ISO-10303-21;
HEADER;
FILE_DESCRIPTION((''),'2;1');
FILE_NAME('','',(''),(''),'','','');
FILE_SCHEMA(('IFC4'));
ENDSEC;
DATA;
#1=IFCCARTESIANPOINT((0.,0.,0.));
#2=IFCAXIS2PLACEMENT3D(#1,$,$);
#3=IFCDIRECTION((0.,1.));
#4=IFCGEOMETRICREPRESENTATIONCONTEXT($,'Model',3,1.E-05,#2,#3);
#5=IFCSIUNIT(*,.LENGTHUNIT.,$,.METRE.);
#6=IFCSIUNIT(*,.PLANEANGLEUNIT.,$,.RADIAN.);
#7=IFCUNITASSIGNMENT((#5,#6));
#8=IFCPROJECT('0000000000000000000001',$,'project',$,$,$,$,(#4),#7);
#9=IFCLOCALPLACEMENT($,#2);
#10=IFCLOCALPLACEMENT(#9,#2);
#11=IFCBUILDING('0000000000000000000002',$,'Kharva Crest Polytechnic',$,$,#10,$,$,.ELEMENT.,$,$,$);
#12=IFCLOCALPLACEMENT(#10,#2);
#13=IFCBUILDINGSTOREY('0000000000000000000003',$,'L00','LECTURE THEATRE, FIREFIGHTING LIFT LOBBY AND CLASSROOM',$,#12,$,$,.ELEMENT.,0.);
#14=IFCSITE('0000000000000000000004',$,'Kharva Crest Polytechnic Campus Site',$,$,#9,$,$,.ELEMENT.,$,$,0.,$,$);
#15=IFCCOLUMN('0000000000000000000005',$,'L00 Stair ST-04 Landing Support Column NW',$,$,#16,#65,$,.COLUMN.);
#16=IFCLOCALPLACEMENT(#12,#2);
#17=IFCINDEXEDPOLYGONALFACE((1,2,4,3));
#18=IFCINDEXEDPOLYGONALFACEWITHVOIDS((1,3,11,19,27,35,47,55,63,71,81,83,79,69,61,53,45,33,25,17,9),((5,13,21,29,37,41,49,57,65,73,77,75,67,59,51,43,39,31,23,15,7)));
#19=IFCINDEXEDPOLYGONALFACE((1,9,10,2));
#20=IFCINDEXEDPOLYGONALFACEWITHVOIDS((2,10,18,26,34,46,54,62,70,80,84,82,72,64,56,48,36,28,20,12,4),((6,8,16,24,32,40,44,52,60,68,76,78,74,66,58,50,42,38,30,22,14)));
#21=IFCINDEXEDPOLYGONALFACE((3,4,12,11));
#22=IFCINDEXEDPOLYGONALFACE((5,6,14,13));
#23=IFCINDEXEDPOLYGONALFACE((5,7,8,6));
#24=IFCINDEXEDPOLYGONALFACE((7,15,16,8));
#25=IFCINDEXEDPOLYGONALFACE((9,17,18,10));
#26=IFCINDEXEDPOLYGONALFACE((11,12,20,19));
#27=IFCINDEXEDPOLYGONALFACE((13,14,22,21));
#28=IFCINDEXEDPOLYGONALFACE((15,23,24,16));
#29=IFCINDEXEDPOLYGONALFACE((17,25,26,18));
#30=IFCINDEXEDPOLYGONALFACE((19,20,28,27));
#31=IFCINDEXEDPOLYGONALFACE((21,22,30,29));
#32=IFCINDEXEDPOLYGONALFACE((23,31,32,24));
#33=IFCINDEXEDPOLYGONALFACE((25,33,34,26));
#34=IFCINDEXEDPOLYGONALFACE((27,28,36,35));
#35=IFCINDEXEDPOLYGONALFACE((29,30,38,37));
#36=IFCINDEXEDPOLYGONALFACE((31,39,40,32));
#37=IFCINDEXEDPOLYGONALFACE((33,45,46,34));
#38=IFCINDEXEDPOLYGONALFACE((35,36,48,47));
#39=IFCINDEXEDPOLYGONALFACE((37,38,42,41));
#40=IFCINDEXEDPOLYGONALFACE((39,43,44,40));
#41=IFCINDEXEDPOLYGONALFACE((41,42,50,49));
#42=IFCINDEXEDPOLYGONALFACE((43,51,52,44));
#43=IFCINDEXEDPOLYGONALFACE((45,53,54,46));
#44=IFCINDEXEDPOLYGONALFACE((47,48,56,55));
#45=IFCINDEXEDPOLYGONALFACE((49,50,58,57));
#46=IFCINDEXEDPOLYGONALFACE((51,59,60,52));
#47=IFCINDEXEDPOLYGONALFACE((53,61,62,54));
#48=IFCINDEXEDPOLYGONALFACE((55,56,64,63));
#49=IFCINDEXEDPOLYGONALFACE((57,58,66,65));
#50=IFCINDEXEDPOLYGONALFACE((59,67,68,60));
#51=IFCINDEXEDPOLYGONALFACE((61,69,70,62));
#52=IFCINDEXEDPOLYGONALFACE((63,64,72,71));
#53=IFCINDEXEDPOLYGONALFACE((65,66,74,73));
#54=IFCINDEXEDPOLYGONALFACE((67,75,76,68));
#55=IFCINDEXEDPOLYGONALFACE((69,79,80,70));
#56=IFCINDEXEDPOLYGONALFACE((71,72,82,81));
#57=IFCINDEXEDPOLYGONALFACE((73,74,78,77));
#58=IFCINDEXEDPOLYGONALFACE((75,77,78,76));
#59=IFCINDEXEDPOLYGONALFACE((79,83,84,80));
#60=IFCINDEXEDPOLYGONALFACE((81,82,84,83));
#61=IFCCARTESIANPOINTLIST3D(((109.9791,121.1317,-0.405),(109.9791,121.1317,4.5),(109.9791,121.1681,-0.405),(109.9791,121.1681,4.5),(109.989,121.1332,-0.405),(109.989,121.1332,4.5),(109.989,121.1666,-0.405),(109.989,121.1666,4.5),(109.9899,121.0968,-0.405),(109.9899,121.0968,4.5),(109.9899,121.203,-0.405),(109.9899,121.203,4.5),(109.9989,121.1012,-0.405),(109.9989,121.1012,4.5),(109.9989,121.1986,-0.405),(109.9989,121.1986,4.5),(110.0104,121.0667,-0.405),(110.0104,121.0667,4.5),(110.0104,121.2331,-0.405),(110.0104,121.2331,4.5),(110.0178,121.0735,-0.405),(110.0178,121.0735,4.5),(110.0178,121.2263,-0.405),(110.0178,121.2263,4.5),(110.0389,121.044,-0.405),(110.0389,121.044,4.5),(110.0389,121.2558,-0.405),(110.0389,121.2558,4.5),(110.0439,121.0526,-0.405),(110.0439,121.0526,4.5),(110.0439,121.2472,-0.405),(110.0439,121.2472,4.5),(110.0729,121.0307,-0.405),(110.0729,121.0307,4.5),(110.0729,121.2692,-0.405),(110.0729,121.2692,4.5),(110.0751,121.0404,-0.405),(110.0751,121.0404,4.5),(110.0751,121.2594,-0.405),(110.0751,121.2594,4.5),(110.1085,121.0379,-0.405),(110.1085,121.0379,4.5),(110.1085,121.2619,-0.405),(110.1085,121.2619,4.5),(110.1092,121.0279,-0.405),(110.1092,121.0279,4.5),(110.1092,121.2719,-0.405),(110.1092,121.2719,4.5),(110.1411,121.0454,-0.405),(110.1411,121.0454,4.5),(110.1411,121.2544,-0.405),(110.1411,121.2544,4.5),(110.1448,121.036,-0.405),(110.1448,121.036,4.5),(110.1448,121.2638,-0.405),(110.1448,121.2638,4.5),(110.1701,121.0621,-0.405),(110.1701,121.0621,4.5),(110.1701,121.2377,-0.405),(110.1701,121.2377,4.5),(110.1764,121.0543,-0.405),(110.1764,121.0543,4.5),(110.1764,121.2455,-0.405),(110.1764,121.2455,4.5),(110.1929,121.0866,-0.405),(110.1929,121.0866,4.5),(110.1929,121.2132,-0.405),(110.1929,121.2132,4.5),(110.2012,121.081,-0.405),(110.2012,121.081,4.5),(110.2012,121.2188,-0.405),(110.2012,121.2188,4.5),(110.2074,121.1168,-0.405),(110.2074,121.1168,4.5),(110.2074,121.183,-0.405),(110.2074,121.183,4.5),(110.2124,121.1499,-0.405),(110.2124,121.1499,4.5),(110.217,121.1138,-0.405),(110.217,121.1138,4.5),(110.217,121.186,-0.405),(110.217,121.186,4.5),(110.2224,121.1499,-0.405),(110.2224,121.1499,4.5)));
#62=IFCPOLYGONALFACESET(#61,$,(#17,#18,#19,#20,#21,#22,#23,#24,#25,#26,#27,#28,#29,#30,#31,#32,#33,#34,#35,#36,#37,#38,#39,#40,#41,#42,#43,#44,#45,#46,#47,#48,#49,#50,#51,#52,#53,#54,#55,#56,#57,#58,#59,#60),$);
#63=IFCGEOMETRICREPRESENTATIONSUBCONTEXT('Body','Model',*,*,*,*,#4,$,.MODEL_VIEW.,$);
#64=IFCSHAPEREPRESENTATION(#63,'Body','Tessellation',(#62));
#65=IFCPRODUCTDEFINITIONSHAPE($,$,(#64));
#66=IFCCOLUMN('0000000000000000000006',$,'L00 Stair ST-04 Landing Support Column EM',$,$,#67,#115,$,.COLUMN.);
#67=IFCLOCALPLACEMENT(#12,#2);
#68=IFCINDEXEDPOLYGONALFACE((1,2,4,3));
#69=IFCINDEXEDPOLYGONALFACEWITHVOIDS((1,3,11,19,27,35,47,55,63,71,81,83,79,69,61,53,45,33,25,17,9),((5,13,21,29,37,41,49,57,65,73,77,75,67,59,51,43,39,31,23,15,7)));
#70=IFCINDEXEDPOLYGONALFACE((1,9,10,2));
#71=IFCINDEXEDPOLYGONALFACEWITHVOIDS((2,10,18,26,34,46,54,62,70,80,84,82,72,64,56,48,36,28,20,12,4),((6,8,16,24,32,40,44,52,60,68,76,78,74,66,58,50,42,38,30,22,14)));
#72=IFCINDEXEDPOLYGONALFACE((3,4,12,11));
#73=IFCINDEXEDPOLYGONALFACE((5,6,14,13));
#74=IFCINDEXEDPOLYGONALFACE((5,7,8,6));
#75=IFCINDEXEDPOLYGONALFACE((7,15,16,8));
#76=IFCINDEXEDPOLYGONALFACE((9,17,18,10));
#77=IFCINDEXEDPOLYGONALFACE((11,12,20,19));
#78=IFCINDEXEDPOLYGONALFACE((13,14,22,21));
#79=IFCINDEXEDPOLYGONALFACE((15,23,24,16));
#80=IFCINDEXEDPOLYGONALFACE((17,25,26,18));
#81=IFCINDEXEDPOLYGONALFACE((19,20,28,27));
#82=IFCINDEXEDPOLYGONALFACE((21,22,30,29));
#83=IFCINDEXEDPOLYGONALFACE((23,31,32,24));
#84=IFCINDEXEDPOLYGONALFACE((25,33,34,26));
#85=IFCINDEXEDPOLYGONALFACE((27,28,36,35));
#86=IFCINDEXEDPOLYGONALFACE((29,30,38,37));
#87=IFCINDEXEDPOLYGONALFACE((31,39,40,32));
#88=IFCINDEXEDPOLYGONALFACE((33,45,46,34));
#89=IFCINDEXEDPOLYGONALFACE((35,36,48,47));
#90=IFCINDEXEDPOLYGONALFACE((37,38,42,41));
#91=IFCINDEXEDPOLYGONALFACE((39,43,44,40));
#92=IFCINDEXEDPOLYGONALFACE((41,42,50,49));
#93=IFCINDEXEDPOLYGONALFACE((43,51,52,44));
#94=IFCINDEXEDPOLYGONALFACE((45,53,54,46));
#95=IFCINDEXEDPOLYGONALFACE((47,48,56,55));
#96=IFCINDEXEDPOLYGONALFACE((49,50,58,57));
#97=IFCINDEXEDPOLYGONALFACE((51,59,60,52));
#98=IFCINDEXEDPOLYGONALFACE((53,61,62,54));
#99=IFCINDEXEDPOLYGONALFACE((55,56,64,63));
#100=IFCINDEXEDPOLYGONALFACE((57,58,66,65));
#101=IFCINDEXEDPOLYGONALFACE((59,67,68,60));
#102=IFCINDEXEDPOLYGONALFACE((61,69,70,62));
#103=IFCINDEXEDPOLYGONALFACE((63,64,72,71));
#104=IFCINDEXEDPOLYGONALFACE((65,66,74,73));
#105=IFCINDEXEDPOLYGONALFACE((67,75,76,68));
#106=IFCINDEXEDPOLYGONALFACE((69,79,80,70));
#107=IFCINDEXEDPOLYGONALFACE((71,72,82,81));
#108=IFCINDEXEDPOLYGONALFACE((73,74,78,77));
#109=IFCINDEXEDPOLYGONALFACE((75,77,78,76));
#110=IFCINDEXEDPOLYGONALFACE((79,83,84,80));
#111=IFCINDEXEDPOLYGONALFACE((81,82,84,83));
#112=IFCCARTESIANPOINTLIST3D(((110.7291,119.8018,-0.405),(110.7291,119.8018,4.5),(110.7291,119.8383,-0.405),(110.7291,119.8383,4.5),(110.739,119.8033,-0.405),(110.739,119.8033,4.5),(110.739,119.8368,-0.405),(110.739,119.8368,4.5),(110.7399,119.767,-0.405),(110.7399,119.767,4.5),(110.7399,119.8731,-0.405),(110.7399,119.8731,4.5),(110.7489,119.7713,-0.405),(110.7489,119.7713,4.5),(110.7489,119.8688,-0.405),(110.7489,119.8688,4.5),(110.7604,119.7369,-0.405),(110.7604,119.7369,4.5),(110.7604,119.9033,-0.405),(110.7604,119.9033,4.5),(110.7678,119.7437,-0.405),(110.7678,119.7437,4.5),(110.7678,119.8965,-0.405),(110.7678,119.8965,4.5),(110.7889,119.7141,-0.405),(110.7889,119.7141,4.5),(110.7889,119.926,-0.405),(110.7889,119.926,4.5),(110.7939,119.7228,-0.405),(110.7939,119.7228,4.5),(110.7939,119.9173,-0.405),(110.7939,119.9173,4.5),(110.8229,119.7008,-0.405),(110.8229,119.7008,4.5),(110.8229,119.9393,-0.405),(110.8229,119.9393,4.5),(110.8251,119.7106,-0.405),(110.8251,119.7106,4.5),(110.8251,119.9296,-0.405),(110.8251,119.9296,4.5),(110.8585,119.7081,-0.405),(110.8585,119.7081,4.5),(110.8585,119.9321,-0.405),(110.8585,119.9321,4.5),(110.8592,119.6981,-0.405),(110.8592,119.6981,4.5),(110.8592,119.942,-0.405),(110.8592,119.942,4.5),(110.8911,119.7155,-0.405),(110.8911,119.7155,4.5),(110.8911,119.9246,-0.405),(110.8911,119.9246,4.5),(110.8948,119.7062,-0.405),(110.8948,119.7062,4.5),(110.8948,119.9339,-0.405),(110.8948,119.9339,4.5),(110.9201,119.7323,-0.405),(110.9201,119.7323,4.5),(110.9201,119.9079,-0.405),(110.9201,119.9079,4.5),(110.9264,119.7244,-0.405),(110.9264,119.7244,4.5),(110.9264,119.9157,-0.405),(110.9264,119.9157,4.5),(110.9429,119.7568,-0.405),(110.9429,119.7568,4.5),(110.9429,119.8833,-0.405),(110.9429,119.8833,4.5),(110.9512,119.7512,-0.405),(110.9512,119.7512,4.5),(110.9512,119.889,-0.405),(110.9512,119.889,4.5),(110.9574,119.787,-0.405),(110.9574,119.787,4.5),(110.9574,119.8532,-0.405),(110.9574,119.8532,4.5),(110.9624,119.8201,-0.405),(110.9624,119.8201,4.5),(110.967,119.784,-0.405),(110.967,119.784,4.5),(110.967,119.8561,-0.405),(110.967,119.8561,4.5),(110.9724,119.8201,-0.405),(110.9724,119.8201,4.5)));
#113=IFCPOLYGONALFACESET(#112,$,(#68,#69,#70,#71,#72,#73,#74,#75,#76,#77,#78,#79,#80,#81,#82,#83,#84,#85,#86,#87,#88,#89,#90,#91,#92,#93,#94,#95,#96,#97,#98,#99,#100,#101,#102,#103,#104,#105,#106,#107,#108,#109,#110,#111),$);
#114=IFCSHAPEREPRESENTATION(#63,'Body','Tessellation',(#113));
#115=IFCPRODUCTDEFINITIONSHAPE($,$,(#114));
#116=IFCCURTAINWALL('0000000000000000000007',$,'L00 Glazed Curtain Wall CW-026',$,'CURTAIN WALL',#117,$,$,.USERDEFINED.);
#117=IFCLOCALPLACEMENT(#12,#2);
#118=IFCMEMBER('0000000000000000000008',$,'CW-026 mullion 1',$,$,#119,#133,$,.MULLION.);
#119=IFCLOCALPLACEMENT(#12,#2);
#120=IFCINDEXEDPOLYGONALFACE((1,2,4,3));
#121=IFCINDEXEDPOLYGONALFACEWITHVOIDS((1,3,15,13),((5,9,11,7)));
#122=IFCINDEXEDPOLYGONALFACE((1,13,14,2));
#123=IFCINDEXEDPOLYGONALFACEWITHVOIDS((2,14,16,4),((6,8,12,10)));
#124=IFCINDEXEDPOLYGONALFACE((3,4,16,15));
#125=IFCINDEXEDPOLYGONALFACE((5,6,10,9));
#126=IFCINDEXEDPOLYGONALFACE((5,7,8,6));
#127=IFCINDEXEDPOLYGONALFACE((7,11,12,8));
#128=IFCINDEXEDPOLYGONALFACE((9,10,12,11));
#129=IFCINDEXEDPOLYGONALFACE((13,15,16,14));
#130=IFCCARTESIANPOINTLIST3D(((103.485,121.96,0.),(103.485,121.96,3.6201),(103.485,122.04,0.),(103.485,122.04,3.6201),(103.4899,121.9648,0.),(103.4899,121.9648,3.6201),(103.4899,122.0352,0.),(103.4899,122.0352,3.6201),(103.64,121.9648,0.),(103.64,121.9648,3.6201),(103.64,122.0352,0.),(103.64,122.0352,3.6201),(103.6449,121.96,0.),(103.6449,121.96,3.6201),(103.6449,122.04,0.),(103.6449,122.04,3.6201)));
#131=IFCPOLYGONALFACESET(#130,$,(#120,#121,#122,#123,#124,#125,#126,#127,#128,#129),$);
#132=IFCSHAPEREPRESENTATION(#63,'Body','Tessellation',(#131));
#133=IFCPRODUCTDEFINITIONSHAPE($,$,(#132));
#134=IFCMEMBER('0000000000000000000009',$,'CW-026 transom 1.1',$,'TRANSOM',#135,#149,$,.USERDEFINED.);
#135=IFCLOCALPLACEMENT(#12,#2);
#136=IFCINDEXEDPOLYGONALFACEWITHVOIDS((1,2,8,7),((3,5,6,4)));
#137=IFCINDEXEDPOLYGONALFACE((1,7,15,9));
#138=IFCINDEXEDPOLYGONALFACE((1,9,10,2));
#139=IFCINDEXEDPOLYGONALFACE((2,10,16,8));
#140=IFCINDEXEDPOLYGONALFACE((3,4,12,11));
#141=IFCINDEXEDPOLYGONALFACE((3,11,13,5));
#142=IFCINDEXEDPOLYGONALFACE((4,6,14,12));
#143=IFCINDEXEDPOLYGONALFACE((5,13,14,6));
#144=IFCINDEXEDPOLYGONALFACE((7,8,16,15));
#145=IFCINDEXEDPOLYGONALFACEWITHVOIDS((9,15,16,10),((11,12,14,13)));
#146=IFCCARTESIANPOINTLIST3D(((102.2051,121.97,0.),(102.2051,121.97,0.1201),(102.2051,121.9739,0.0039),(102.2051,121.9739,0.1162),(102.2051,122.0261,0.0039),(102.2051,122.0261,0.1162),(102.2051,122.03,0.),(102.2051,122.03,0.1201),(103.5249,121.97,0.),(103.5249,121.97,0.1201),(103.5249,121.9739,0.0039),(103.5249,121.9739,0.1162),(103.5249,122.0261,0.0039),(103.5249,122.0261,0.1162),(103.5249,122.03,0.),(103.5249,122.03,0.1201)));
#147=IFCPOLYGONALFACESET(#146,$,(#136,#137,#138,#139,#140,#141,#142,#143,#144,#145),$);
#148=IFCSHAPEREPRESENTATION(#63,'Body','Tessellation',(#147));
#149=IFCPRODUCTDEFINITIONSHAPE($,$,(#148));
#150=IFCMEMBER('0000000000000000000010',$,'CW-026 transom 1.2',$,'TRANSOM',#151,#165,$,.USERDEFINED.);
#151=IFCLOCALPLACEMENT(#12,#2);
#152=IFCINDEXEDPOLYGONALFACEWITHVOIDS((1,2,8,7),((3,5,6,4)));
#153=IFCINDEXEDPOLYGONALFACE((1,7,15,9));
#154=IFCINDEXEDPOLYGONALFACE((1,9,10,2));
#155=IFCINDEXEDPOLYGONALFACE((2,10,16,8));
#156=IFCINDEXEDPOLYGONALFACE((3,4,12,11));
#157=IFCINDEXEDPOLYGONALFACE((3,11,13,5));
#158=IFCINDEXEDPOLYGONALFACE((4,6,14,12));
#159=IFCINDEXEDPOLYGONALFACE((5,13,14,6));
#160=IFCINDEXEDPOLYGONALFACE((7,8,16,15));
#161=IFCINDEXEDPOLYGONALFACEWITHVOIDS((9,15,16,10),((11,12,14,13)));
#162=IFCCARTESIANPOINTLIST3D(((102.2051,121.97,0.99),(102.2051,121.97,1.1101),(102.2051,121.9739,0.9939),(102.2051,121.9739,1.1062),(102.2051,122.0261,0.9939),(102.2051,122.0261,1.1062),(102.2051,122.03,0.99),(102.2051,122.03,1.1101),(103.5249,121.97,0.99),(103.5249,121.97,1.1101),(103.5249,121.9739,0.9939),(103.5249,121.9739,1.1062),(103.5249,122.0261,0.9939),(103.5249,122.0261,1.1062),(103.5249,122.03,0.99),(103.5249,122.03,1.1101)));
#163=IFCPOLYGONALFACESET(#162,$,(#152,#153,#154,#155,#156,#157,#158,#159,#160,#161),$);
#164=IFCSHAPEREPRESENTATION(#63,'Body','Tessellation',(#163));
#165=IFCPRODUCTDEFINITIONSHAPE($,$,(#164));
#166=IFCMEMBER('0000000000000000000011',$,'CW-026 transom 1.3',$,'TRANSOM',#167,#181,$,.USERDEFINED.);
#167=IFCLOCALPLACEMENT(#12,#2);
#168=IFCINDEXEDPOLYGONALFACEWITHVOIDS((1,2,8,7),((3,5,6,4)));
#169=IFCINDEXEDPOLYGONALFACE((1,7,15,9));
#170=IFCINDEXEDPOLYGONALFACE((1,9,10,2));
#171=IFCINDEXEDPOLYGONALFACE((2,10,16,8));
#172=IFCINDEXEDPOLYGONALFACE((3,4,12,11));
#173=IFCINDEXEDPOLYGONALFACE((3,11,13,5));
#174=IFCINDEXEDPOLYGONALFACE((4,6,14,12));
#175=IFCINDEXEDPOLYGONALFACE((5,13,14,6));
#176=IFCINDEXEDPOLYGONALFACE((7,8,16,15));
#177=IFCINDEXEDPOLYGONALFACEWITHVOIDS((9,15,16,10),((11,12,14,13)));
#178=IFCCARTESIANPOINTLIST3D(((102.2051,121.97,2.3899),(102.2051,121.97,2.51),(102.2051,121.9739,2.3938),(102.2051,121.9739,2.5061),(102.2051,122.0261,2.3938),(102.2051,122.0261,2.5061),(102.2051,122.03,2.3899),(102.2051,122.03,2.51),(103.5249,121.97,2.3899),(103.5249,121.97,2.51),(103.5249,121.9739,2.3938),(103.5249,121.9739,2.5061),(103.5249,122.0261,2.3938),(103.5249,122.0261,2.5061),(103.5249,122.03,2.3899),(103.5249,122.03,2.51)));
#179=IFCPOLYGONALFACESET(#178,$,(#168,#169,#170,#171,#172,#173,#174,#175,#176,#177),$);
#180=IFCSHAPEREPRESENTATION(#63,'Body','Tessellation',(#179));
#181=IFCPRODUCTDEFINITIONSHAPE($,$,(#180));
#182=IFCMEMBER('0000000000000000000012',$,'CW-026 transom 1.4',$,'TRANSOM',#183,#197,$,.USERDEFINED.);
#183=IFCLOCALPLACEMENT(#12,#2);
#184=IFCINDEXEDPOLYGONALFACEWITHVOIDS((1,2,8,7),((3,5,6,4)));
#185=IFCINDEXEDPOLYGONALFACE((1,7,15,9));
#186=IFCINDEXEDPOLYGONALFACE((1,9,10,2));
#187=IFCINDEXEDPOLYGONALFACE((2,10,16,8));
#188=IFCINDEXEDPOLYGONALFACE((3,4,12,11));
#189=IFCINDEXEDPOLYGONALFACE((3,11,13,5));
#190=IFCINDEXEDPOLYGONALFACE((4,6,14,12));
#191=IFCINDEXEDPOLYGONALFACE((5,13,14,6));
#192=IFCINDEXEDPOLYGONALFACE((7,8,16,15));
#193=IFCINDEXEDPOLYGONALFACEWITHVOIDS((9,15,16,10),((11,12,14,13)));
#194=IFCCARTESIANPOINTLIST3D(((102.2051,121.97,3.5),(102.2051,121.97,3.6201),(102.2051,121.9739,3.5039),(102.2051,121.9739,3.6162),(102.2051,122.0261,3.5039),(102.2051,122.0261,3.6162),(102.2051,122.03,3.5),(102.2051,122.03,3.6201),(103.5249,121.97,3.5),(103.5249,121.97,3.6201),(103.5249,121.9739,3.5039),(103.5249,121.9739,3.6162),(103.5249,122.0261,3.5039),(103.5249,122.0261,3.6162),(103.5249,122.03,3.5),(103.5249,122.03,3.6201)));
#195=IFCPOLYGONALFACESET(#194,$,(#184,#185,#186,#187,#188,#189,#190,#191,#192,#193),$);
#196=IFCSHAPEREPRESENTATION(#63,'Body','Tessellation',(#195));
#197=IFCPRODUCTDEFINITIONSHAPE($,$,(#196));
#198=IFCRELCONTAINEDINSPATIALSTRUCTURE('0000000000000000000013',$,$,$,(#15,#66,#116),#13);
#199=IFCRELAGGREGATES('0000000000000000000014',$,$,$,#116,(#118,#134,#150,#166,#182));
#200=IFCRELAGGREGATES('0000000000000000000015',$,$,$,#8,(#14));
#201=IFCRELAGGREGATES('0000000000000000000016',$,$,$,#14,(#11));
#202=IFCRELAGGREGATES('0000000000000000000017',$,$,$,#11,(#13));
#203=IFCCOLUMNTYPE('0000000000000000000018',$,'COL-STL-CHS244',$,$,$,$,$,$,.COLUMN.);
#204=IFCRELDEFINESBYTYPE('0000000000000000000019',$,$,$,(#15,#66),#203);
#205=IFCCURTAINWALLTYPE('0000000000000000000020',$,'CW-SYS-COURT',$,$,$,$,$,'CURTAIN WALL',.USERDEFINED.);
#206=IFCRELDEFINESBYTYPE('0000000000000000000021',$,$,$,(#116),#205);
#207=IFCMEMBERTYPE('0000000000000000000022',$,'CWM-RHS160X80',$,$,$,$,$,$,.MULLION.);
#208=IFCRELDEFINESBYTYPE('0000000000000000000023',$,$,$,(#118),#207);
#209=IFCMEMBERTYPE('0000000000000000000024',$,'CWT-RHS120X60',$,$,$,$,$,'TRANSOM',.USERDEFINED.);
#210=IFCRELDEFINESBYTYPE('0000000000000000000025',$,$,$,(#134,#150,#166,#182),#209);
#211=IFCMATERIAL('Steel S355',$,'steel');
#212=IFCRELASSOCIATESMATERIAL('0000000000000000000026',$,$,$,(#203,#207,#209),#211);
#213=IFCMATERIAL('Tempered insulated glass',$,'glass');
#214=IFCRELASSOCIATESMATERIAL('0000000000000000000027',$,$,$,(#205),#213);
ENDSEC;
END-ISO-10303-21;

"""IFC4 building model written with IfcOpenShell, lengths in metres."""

from ifc_helpers import new_model, si_unit, direction, frame, origin, origin_2d, place, context, subcontext, project, spatial, hollow_rectangle, hollow_circle, extrude, material, material_profile, profile_set, type_object, element, aggregate, save


model = new_model("IFC4")

# Units and contexts
model_context = context("Model", 3, precision=1e-05, world=origin(), true_north=direction((0.0, 1.0)))
body_context = subcontext(model_context, "Body", "Model", "MODEL_VIEW")
ifc_project = project(units=[si_unit("LENGTHUNIT", "METRE"), si_unit("PLANEANGLEUNIT", "RADIAN")], contexts=[model_context])

# Site, building, storey
site_placement = place(None, origin())
site = spatial("IfcSite", under=ifc_project, at=site_placement, Name="Kharva Crest Polytechnic Campus Site", CompositionType="ELEMENT", RefElevation=0.0)
building_placement = place(site_placement, origin())
building = spatial("IfcBuilding", under=site, at=building_placement, Name="Kharva Crest Polytechnic", CompositionType="ELEMENT")
storey_placement = place(building_placement, origin())
storey = spatial("IfcBuildingStorey", under=building, at=storey_placement, Name="L00", Description="LECTURE THEATRE, FIREFIGHTING LIFT LOBBY AND CLASSROOM", CompositionType="ELEMENT", Elevation=0.0)

# Columns
ifc_material_1 = material(Name="Steel S355", Category="steel")
ifc_material_profile_1 = material_profile(ifc_material_1, hollow_circle(Radius=0.1223, WallThickness=0.01, at=origin_2d()), Name="CHS 244.5X10.0")
ifc_profile_set_1 = profile_set([ifc_material_profile_1], Name="Steel S355")
column_type_1 = type_object("IfcColumnType", Name="COL-STL-CHS244", PredefinedType="COLUMN", material=ifc_profile_set_1)
for number, where, z_axis, x_axis, name in (
    (1, (110.1001, 121.1499, -0.405), (0.0, 0.0, 1.0), (1.0, 0.0, 0.0), "L00 Stair ST-04 Landing Support Column NW"),
    (2, (110.8501, 119.8201, -0.405), (0.0, 0.0, 1.0), (1.0, 0.0, 0.0), "L00 Stair ST-04 Landing Support Column EM"),
):
    element("IfcColumn", number, at=place(storey_placement, frame(where, z_axis=z_axis, x_axis=x_axis)), inside=storey, type_object=column_type_1, Name=name, PredefinedType="COLUMN", context=body_context, shape_type="SweptSolid", body=[
        extrude(hollow_circle(Radius=0.1223, WallThickness=0.01, at=origin_2d()), origin(), (0.0, 0.0, 1.0), 4.905),
    ])

# Curtain wall, members
ifc_material_2 = material(Name="Tempered insulated glass", Category="glass")
curtain_wall_type = type_object("IfcCurtainWallType", Name="CW-SYS-COURT", ElementType="CURTAIN WALL", PredefinedType="USERDEFINED", material=ifc_material_2)
curtain_wall_placement = place(storey_placement, origin())
curtain_wall = element("IfcCurtainWall", 3, at=curtain_wall_placement, inside=storey, type_object=curtain_wall_type, Name="L00 Glazed Curtain Wall CW-026", ObjectType="CURTAIN WALL", PredefinedType="USERDEFINED")
ifc_material_profile_2 = material_profile(ifc_material_1, hollow_rectangle(XDim=0.0801, YDim=0.1599, WallThickness=0.0049, at=origin_2d()), Name="RHS 160X80X5.0")
ifc_profile_set_2 = profile_set([ifc_material_profile_2], Name="Steel S355")
member_type_1 = type_object("IfcMemberType", Name="CWM-RHS160X80", PredefinedType="MULLION", material=ifc_profile_set_2)
member_1_placement = place(storey_placement, frame((103.5649, 122.0, 0.0), z_axis=(0.0, 0.0, 1.0), x_axis=(0.0, -1.0, 0.0)))
member_1 = element("IfcMember", 4, at=member_1_placement, type_object=member_type_1, Name="CW-026 mullion 1", PredefinedType="MULLION", context=body_context, shape_type="SweptSolid", body=[
    extrude(hollow_rectangle(XDim=0.0801, YDim=0.1599, WallThickness=0.0049, at=origin_2d()), origin(), (0.0, 0.0, 1.0), 3.6201),
])
ifc_material_profile_3 = material_profile(ifc_material_1, hollow_rectangle(XDim=0.0601, YDim=0.1201, WallThickness=0.0039, at=origin_2d()), Name="RHS 120X60X4.0")
ifc_profile_set_3 = profile_set([ifc_material_profile_3], Name="Steel S355")
member_type_2 = type_object("IfcMemberType", Name="CWT-RHS120X60", ElementType="TRANSOM", PredefinedType="USERDEFINED", material=ifc_profile_set_3)
member_2_placement = place(storey_placement, frame((103.5249, 122.0, 0.0601), z_axis=(-1.0, 0.0, 0.0), x_axis=(0.0, -1.0, 0.0)))
member_2 = element("IfcMember", 5, at=member_2_placement, type_object=member_type_2, Name="CW-026 transom 1.1", ObjectType="TRANSOM", PredefinedType="USERDEFINED", context=body_context, shape_type="SweptSolid", body=[
    extrude(hollow_rectangle(XDim=0.0601, YDim=0.1201, WallThickness=0.0039, at=origin_2d()), origin(), (0.0, 0.0, 1.0), 1.3198),
])
member_3_placement = place(storey_placement, frame((103.5249, 122.0, 1.05), z_axis=(-1.0, 0.0, 0.0), x_axis=(0.0, -1.0, 0.0)))
member_3 = element("IfcMember", 6, at=member_3_placement, type_object=member_type_2, Name="CW-026 transom 1.2", ObjectType="TRANSOM", PredefinedType="USERDEFINED", context=body_context, shape_type="SweptSolid", body=[
    extrude(hollow_rectangle(XDim=0.0601, YDim=0.1201, WallThickness=0.0039, at=origin_2d()), origin(), (0.0, 0.0, 1.0), 1.3198),
])
member_4_placement = place(storey_placement, frame((103.5249, 122.0, 2.45), z_axis=(-1.0, 0.0, 0.0), x_axis=(0.0, -1.0, 0.0)))
member_4 = element("IfcMember", 7, at=member_4_placement, type_object=member_type_2, Name="CW-026 transom 1.3", ObjectType="TRANSOM", PredefinedType="USERDEFINED", context=body_context, shape_type="SweptSolid", body=[
    extrude(hollow_rectangle(XDim=0.0601, YDim=0.1201, WallThickness=0.0039, at=origin_2d()), origin(), (0.0, 0.0, 1.0), 1.3198),
])
member_5_placement = place(storey_placement, frame((103.5249, 122.0, 3.5601), z_axis=(-1.0, 0.0, 0.0), x_axis=(0.0, -1.0, 0.0)))
member_5 = element("IfcMember", 8, at=member_5_placement, type_object=member_type_2, Name="CW-026 transom 1.4", ObjectType="TRANSOM", PredefinedType="USERDEFINED", context=body_context, shape_type="SweptSolid", body=[
    extrude(hollow_rectangle(XDim=0.0601, YDim=0.1201, WallThickness=0.0039, at=origin_2d()), origin(), (0.0, 0.0, 1.0), 1.3198),
])
aggregate(curtain_wall, [member_1, member_2, member_3, member_4, member_5])

save(model, "model.ifc")
